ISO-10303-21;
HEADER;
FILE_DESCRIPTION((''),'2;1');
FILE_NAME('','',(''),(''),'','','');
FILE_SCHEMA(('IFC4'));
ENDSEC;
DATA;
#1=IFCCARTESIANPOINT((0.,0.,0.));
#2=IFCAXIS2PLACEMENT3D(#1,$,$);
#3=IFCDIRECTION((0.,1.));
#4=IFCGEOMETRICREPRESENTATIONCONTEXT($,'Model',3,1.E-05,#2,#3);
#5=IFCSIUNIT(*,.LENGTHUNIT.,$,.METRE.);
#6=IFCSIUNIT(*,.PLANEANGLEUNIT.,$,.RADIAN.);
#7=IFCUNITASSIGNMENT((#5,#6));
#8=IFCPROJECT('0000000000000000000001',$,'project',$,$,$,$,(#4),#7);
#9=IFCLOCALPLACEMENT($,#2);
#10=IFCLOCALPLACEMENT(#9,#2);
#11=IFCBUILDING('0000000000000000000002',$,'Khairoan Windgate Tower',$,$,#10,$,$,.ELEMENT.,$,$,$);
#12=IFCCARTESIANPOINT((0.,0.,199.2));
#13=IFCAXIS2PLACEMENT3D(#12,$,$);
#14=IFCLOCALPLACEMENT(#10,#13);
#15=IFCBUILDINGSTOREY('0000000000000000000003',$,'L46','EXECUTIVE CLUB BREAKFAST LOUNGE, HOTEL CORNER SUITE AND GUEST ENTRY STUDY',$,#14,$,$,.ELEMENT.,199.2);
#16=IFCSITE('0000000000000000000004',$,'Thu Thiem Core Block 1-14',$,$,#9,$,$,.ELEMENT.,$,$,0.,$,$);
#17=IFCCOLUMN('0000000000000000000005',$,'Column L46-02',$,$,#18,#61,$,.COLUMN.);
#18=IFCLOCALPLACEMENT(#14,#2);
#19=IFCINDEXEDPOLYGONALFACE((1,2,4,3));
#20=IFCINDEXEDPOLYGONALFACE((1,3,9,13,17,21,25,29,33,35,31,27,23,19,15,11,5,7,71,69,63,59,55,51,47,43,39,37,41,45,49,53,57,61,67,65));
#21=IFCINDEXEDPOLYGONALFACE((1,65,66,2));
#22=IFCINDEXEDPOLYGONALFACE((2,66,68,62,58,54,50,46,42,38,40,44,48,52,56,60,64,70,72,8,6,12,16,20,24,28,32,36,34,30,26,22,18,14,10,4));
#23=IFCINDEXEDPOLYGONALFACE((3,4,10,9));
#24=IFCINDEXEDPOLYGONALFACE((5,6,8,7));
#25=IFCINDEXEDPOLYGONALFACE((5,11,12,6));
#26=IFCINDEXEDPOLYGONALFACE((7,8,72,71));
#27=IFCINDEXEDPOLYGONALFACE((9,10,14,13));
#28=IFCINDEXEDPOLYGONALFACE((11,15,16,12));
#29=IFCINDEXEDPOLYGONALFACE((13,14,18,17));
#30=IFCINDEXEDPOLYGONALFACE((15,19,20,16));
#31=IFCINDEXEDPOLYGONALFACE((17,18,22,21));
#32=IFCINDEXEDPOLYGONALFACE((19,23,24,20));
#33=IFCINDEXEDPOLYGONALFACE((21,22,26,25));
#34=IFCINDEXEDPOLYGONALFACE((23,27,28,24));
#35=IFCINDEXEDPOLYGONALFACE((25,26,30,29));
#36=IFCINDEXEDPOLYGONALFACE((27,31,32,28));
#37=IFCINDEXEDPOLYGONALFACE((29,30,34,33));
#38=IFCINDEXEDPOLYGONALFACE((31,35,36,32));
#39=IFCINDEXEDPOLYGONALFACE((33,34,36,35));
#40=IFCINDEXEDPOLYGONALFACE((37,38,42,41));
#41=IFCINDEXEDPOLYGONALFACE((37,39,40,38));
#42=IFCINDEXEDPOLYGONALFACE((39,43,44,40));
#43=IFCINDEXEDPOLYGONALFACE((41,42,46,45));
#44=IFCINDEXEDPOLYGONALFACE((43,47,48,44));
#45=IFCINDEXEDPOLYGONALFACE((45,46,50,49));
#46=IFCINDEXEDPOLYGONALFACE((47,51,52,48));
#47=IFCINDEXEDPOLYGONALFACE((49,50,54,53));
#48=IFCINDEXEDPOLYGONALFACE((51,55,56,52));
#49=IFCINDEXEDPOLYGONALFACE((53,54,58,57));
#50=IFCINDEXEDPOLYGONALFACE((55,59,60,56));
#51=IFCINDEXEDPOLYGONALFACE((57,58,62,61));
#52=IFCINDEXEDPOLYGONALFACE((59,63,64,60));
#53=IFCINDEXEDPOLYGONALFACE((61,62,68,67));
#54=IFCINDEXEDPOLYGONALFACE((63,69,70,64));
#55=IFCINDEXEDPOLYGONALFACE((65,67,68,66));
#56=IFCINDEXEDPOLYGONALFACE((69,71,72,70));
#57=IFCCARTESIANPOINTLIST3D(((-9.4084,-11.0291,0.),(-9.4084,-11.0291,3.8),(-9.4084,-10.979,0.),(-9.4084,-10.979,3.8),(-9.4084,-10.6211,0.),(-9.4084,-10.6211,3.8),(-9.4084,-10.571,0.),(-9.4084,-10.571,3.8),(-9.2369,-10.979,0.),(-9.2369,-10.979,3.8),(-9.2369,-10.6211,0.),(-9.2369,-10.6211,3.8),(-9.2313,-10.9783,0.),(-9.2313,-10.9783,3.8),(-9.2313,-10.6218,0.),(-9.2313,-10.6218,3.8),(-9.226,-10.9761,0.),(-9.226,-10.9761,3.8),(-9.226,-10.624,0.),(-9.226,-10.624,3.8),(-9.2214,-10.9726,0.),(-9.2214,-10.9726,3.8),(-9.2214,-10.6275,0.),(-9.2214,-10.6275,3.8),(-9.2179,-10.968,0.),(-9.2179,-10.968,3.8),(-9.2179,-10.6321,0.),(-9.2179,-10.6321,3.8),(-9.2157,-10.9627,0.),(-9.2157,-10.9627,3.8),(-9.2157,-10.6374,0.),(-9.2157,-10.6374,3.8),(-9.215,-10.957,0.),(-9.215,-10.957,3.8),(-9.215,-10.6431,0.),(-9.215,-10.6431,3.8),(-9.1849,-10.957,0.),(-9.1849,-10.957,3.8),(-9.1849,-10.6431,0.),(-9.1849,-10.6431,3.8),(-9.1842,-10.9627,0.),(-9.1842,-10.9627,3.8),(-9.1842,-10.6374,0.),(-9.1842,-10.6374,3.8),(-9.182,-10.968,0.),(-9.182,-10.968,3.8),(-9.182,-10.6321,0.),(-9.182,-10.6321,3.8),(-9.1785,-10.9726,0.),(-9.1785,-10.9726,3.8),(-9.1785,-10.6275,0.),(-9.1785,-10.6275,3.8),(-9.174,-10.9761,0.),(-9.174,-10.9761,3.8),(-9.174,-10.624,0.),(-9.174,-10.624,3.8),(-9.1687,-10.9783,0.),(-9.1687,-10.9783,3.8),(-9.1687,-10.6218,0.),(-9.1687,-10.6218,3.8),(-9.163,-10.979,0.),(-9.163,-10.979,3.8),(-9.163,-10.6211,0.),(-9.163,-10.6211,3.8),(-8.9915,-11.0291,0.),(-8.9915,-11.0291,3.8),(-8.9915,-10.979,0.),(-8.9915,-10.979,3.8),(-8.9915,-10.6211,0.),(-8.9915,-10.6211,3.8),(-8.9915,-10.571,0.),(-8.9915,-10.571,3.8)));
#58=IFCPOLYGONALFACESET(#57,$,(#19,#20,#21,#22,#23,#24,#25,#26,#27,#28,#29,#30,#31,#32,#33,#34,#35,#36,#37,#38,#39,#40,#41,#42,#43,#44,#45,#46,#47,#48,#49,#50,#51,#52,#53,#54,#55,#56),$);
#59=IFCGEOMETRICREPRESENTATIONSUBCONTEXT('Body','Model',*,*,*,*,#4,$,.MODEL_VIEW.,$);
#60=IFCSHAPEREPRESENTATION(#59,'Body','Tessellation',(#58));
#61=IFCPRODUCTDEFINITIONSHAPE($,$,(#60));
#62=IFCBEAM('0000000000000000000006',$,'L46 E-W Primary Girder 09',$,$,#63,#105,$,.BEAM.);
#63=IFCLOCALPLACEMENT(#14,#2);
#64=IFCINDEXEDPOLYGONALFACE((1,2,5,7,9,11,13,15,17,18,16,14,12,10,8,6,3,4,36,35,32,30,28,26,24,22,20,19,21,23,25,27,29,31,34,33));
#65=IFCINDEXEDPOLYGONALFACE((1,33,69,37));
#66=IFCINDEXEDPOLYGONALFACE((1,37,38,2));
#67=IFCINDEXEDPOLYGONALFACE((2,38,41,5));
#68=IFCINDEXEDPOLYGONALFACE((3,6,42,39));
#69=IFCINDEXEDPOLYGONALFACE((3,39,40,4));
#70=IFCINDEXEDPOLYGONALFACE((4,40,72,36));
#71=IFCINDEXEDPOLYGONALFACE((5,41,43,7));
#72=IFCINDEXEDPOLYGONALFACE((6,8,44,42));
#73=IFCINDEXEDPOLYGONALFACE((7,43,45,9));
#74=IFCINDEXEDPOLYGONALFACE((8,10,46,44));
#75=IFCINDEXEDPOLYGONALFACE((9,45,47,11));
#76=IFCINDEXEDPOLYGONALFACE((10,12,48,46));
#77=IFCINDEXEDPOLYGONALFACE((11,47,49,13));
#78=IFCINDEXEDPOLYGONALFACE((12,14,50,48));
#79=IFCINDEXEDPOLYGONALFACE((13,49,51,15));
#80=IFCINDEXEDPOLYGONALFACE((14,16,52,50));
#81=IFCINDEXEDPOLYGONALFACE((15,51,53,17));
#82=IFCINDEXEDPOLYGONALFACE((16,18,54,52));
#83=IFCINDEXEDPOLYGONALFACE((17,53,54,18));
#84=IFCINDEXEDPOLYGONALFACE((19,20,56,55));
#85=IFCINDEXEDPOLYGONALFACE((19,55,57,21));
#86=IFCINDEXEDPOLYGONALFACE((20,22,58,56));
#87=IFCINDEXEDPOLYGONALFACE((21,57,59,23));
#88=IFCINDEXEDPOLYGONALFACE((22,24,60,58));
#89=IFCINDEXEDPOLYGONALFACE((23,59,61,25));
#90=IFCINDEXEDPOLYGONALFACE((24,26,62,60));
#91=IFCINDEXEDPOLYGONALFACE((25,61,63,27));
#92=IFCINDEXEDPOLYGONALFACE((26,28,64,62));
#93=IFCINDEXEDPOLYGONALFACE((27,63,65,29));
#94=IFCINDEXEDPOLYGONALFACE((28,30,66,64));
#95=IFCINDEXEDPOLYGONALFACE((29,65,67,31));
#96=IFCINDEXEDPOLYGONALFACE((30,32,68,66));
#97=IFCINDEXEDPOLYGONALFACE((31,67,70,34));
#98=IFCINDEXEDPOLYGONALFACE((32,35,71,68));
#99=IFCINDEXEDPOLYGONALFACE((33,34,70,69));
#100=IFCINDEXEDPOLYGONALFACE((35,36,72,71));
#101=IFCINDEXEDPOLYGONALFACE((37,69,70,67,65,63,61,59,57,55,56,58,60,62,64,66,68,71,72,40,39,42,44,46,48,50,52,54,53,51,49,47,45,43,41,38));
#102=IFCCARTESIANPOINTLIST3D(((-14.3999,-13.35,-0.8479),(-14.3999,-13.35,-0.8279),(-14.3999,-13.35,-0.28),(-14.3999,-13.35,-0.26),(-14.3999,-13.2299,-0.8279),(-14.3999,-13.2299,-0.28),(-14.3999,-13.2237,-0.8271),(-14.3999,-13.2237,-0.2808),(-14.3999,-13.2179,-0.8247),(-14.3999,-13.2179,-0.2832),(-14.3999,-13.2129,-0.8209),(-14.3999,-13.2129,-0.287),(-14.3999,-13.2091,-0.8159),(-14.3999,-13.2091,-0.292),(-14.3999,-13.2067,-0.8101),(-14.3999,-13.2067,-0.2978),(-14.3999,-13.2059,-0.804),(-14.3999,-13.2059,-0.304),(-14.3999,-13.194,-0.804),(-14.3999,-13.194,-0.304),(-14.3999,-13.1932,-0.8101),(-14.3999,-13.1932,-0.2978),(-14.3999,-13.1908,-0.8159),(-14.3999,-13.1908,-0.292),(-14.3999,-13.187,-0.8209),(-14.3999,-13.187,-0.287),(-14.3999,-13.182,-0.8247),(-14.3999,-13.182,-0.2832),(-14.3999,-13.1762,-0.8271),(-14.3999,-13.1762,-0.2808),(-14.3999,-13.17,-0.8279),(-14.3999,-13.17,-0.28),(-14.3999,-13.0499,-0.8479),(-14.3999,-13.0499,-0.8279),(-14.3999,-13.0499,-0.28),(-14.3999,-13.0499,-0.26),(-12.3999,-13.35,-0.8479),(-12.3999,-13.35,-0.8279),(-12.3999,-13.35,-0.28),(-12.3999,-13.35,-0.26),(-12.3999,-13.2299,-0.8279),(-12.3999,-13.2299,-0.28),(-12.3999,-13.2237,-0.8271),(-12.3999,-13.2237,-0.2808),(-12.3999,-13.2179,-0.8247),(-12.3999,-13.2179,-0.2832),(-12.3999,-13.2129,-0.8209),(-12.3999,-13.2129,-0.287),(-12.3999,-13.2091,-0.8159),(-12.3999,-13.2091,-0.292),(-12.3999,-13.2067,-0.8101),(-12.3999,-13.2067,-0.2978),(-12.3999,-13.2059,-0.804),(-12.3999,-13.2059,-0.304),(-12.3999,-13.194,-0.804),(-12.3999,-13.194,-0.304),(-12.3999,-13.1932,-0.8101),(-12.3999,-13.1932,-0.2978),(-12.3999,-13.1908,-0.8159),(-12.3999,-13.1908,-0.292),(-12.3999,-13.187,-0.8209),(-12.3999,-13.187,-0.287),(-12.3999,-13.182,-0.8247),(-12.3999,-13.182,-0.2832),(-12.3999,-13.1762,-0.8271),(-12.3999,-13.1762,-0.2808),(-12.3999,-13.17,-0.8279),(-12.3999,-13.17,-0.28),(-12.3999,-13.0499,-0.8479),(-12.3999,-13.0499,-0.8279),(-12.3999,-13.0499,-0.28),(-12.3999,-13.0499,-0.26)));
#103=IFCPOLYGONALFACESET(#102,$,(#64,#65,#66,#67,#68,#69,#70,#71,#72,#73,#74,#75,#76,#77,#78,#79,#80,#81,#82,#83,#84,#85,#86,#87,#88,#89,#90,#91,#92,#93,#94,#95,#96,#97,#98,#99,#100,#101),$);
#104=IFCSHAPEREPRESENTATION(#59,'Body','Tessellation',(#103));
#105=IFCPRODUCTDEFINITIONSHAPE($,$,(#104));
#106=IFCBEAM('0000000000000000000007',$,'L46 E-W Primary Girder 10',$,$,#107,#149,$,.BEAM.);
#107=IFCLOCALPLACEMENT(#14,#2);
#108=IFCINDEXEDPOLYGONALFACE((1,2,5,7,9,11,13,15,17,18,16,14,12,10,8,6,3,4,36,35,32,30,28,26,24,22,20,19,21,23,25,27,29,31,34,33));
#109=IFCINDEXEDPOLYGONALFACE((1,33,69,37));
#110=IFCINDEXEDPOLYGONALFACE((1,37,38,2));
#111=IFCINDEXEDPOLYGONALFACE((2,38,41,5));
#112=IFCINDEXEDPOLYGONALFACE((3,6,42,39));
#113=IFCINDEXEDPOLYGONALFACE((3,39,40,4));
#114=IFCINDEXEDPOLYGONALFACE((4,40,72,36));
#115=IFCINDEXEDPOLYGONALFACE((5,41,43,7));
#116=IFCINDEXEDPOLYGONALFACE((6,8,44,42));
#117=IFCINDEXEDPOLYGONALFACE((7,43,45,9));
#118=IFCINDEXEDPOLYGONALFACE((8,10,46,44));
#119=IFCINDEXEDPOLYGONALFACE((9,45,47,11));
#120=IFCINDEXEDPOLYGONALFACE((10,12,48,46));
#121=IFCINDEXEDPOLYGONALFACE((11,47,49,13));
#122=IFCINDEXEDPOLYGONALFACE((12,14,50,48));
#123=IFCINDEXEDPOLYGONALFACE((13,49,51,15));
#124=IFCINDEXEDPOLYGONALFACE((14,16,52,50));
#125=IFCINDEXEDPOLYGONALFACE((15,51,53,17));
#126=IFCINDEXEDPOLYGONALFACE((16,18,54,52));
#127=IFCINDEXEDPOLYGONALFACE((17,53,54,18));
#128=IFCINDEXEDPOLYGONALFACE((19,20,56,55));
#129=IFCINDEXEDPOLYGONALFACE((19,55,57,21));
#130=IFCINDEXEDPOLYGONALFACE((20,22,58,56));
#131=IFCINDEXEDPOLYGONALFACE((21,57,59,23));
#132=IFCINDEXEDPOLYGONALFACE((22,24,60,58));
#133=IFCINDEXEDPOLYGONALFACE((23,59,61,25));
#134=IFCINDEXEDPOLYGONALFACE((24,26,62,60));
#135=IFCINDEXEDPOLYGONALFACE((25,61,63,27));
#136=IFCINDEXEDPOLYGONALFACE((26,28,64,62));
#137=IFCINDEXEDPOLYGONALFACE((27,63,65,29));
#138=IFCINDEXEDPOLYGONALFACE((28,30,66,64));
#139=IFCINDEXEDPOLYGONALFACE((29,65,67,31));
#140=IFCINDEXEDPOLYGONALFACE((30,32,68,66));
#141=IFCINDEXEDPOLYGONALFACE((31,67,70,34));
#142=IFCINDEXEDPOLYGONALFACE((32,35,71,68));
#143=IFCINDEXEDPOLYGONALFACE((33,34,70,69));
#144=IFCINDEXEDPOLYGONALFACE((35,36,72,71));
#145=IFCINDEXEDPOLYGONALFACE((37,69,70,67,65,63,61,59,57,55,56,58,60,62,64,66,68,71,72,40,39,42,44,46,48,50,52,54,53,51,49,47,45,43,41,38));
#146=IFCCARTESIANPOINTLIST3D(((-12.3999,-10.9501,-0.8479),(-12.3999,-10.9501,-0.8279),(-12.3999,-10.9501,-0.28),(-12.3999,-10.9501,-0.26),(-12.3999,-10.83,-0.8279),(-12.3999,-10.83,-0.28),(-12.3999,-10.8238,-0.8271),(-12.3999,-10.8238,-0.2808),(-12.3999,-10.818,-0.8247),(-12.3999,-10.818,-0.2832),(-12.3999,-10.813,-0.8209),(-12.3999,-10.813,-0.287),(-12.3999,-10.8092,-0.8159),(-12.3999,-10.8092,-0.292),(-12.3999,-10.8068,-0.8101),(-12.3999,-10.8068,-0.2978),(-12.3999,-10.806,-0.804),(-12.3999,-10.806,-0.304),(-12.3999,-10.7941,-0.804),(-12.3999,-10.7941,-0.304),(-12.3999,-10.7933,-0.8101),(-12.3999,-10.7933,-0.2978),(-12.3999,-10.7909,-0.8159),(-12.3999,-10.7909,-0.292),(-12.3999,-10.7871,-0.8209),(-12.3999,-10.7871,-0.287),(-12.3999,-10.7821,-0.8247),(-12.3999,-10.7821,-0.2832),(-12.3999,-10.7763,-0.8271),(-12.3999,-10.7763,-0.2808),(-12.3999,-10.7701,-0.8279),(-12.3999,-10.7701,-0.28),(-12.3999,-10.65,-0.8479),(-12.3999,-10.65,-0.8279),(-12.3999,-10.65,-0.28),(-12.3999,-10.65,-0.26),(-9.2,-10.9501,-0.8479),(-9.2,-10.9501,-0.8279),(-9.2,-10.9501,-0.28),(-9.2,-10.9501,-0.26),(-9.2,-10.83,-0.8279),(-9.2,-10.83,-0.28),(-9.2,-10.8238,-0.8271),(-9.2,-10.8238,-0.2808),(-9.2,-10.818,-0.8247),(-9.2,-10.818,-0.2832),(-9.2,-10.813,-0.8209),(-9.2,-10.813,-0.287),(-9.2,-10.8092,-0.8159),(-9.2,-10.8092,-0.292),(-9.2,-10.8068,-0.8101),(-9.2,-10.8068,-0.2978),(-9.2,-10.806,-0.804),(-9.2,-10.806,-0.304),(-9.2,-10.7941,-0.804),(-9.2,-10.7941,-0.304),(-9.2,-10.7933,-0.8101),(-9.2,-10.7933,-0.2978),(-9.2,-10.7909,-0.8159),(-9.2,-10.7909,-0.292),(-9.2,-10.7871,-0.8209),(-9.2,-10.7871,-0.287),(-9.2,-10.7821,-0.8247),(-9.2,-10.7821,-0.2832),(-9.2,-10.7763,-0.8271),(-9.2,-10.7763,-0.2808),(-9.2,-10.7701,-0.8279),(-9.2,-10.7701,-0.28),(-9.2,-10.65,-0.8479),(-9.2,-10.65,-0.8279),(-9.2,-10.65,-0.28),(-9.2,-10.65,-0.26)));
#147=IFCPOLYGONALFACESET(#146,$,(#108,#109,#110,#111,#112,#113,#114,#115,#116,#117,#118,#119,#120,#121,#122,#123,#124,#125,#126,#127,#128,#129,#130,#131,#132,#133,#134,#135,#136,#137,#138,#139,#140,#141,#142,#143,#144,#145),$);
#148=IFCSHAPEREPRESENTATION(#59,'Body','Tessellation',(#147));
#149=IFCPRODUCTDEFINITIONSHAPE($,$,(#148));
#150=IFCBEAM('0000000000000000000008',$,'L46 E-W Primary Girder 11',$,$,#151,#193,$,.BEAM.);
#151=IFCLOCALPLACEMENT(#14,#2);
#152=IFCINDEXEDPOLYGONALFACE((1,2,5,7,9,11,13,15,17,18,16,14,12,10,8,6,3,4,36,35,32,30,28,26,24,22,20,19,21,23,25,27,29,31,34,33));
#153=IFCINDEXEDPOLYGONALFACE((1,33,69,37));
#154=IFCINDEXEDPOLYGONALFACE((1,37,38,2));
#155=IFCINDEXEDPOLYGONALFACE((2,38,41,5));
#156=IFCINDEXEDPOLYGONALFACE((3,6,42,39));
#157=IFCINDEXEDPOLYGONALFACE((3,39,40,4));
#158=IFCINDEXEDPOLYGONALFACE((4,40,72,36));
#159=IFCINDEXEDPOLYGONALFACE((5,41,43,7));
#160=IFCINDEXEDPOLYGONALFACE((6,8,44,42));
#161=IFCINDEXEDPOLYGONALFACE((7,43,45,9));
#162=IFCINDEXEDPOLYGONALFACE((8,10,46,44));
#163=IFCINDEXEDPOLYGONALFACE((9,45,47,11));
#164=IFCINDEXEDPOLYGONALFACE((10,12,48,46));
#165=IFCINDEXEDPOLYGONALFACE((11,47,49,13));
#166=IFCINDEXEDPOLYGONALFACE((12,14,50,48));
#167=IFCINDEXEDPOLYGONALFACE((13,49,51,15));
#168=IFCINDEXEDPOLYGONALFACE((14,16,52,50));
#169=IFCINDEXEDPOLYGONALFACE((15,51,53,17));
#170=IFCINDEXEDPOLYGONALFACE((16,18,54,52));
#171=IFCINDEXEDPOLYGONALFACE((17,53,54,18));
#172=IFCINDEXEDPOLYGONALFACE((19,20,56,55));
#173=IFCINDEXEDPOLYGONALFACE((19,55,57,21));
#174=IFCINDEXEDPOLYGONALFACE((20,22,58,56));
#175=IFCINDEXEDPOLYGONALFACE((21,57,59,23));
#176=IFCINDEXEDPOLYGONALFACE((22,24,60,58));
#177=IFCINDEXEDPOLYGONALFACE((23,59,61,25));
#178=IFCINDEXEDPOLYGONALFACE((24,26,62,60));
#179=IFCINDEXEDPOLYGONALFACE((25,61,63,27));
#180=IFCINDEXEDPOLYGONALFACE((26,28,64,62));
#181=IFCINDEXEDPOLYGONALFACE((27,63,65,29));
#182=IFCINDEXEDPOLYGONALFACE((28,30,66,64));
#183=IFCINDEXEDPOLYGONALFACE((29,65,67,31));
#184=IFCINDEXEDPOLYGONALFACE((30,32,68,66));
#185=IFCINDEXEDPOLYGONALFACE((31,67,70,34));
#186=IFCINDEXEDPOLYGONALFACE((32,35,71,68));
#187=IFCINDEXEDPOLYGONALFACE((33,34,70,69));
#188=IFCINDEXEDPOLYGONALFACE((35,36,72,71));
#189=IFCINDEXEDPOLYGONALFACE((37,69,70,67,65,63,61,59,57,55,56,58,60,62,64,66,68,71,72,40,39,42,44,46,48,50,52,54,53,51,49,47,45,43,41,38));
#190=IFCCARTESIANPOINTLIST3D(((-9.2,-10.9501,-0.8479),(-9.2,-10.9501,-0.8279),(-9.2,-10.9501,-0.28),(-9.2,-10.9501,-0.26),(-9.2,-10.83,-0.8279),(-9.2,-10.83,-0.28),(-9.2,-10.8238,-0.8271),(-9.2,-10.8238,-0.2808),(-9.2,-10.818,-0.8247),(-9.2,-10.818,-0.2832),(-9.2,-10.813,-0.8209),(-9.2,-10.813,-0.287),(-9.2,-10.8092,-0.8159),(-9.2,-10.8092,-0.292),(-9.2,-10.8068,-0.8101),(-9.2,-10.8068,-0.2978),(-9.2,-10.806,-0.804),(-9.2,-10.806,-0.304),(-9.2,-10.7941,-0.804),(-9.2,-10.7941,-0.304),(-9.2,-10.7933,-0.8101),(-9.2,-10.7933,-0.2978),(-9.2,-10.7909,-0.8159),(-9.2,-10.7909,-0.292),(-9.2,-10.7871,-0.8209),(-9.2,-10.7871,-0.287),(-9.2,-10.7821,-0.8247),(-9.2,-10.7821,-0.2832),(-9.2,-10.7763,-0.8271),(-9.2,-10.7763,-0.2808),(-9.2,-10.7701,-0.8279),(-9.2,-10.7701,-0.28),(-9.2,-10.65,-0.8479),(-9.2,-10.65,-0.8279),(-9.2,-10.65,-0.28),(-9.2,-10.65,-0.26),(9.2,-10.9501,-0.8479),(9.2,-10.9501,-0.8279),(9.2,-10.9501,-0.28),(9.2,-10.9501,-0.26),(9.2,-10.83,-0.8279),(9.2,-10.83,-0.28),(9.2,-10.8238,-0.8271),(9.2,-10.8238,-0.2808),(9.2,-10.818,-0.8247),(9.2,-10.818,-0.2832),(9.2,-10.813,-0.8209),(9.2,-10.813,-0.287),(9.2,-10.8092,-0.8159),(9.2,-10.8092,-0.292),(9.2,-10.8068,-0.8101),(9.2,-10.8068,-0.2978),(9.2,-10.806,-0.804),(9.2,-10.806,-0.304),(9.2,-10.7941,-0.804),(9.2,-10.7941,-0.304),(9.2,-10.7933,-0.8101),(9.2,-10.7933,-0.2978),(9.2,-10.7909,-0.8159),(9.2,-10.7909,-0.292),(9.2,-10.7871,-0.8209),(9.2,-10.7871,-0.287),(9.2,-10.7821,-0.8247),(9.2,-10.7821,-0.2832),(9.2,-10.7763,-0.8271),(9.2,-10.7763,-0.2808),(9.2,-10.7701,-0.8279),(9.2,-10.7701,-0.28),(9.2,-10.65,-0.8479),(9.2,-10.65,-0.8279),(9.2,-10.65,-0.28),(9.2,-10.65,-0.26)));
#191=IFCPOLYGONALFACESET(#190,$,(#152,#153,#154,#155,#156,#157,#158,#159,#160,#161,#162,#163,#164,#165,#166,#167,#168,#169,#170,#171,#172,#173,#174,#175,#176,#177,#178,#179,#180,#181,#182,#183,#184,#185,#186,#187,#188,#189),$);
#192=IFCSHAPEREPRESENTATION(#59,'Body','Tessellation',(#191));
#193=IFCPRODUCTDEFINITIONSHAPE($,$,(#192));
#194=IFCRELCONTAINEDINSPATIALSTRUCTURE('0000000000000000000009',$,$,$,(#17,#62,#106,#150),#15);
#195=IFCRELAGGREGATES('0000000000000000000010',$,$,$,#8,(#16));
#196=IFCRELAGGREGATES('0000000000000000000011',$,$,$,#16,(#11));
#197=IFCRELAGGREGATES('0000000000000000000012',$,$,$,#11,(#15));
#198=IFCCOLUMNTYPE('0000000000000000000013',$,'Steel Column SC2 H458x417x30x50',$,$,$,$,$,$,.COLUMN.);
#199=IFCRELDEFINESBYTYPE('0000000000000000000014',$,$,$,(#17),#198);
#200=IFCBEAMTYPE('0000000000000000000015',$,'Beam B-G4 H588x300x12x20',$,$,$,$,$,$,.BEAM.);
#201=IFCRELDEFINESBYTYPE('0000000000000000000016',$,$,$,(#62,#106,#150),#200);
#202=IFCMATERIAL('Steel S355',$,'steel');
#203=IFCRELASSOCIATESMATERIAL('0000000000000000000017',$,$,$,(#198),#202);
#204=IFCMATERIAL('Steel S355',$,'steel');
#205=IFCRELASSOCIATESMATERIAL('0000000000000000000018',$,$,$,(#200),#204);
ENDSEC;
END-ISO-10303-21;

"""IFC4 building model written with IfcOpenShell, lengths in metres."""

from ifc_helpers import new_model, si_unit, direction, frame, origin, origin_2d, place, context, subcontext, project, spatial, i_section, extrude, material, material_profile, profile_set, type_object, element, save


model = new_model("IFC4")

# Units and contexts
model_context = context("Model", 3, precision=1e-05, world=origin(), true_north=direction((0.0, 1.0)))
body_context = subcontext(model_context, "Body", "Model", "MODEL_VIEW")
ifc_project = project(units=[si_unit("LENGTHUNIT", "METRE"), si_unit("PLANEANGLEUNIT", "RADIAN")], contexts=[model_context])

# Site, building, storey
site_placement = place(None, origin())
site = spatial("IfcSite", under=ifc_project, at=site_placement, Name="Thu Thiem Core Block 1-14", CompositionType="ELEMENT", RefElevation=0.0)
building_placement = place(site_placement, origin())
building = spatial("IfcBuilding", under=site, at=building_placement, Name="Khairoan Windgate Tower", CompositionType="ELEMENT")
storey_placement = place(building_placement, frame((0.0, 0.0, 199.2)))
storey = spatial("IfcBuildingStorey", under=building, at=storey_placement, Name="L46", Description="EXECUTIVE CLUB BREAKFAST LOUNGE, HOTEL CORNER SUITE AND GUEST ENTRY STUDY", CompositionType="ELEMENT", Elevation=199.2)

# Column
ifc_material_1 = material(Name="Steel S355", Category="steel")
ifc_material_profile_1 = material_profile(ifc_material_1, i_section(OverallWidth=0.417, OverallDepth=0.458, WebThickness=0.03, FlangeThickness=0.05, FilletRadius=0.022, at=origin_2d()))
ifc_profile_set_1 = profile_set([ifc_material_profile_1], Name="Steel S355")
column_type = type_object("IfcColumnType", Name="Steel Column SC2 H458x417x30x50", PredefinedType="COLUMN", material=ifc_profile_set_1)
column_placement = place(storey_placement, frame((-9.2, -10.8, 0.0), z_axis=(0.0, 0.0, 1.0), x_axis=(1.0, 0.0, 0.0)))
element("IfcColumn", 1, at=column_placement, inside=storey, type_object=column_type, Name="Column L46-02", PredefinedType="COLUMN", context=body_context, shape_type="SweptSolid", body=[
    extrude(i_section(OverallWidth=0.417, OverallDepth=0.458, WebThickness=0.03, FlangeThickness=0.05, FilletRadius=0.022, at=origin_2d()), origin(), (0.0, 0.0, 1.0), 3.8),
])

# Beams
ifc_material_2 = material(Name="Steel S355", Category="steel")
ifc_material_profile_2 = material_profile(ifc_material_2, i_section(OverallWidth=0.3, OverallDepth=0.5879, WebThickness=0.012, FlangeThickness=0.02, FilletRadius=0.0239, at=origin_2d()))
ifc_profile_set_2 = profile_set([ifc_material_profile_2], Name="Steel S355")
beam_type_1 = type_object("IfcBeamType", Name="Beam B-G4 H588x300x12x20", PredefinedType="BEAM", material=ifc_profile_set_2)
beam_1_placement = place(storey_placement, frame((-14.3999, -13.2, -0.554), z_axis=(1.0, 0.0, 0.0), x_axis=(0.0, 1.0, 0.0)))
element("IfcBeam", 2, at=beam_1_placement, inside=storey, type_object=beam_type_1, Name="L46 E-W Primary Girder 09", PredefinedType="BEAM", context=body_context, shape_type="SweptSolid", body=[
    extrude(i_section(OverallWidth=0.3, OverallDepth=0.5879, WebThickness=0.012, FlangeThickness=0.02, FilletRadius=0.0239, at=origin_2d()), origin(), (0.0, 0.0, 1.0), 2.0),
])
beam_2_placement = place(storey_placement, frame((-12.3999, -10.8, -0.554), z_axis=(1.0, 0.0, 0.0), x_axis=(0.0, 1.0, 0.0)))
element("IfcBeam", 3, at=beam_2_placement, inside=storey, type_object=beam_type_1, Name="L46 E-W Primary Girder 10", PredefinedType="BEAM", context=body_context, shape_type="SweptSolid", body=[
    extrude(i_section(OverallWidth=0.3, OverallDepth=0.5879, WebThickness=0.012, FlangeThickness=0.02, FilletRadius=0.0239, at=origin_2d()), origin(), (0.0, 0.0, 1.0), 3.2),
])
beam_3_placement = place(storey_placement, frame((-9.2, -10.8, -0.554), z_axis=(1.0, 0.0, 0.0), x_axis=(0.0, 1.0, 0.0)))
element("IfcBeam", 4, at=beam_3_placement, inside=storey, type_object=beam_type_1, Name="L46 E-W Primary Girder 11", PredefinedType="BEAM", context=body_context, shape_type="SweptSolid", body=[
    extrude(i_section(OverallWidth=0.3, OverallDepth=0.5879, WebThickness=0.012, FlangeThickness=0.02, FilletRadius=0.0239, at=origin_2d()), origin(), (0.0, 0.0, 1.0), 18.3999),
])

save(model, "model.ifc")
